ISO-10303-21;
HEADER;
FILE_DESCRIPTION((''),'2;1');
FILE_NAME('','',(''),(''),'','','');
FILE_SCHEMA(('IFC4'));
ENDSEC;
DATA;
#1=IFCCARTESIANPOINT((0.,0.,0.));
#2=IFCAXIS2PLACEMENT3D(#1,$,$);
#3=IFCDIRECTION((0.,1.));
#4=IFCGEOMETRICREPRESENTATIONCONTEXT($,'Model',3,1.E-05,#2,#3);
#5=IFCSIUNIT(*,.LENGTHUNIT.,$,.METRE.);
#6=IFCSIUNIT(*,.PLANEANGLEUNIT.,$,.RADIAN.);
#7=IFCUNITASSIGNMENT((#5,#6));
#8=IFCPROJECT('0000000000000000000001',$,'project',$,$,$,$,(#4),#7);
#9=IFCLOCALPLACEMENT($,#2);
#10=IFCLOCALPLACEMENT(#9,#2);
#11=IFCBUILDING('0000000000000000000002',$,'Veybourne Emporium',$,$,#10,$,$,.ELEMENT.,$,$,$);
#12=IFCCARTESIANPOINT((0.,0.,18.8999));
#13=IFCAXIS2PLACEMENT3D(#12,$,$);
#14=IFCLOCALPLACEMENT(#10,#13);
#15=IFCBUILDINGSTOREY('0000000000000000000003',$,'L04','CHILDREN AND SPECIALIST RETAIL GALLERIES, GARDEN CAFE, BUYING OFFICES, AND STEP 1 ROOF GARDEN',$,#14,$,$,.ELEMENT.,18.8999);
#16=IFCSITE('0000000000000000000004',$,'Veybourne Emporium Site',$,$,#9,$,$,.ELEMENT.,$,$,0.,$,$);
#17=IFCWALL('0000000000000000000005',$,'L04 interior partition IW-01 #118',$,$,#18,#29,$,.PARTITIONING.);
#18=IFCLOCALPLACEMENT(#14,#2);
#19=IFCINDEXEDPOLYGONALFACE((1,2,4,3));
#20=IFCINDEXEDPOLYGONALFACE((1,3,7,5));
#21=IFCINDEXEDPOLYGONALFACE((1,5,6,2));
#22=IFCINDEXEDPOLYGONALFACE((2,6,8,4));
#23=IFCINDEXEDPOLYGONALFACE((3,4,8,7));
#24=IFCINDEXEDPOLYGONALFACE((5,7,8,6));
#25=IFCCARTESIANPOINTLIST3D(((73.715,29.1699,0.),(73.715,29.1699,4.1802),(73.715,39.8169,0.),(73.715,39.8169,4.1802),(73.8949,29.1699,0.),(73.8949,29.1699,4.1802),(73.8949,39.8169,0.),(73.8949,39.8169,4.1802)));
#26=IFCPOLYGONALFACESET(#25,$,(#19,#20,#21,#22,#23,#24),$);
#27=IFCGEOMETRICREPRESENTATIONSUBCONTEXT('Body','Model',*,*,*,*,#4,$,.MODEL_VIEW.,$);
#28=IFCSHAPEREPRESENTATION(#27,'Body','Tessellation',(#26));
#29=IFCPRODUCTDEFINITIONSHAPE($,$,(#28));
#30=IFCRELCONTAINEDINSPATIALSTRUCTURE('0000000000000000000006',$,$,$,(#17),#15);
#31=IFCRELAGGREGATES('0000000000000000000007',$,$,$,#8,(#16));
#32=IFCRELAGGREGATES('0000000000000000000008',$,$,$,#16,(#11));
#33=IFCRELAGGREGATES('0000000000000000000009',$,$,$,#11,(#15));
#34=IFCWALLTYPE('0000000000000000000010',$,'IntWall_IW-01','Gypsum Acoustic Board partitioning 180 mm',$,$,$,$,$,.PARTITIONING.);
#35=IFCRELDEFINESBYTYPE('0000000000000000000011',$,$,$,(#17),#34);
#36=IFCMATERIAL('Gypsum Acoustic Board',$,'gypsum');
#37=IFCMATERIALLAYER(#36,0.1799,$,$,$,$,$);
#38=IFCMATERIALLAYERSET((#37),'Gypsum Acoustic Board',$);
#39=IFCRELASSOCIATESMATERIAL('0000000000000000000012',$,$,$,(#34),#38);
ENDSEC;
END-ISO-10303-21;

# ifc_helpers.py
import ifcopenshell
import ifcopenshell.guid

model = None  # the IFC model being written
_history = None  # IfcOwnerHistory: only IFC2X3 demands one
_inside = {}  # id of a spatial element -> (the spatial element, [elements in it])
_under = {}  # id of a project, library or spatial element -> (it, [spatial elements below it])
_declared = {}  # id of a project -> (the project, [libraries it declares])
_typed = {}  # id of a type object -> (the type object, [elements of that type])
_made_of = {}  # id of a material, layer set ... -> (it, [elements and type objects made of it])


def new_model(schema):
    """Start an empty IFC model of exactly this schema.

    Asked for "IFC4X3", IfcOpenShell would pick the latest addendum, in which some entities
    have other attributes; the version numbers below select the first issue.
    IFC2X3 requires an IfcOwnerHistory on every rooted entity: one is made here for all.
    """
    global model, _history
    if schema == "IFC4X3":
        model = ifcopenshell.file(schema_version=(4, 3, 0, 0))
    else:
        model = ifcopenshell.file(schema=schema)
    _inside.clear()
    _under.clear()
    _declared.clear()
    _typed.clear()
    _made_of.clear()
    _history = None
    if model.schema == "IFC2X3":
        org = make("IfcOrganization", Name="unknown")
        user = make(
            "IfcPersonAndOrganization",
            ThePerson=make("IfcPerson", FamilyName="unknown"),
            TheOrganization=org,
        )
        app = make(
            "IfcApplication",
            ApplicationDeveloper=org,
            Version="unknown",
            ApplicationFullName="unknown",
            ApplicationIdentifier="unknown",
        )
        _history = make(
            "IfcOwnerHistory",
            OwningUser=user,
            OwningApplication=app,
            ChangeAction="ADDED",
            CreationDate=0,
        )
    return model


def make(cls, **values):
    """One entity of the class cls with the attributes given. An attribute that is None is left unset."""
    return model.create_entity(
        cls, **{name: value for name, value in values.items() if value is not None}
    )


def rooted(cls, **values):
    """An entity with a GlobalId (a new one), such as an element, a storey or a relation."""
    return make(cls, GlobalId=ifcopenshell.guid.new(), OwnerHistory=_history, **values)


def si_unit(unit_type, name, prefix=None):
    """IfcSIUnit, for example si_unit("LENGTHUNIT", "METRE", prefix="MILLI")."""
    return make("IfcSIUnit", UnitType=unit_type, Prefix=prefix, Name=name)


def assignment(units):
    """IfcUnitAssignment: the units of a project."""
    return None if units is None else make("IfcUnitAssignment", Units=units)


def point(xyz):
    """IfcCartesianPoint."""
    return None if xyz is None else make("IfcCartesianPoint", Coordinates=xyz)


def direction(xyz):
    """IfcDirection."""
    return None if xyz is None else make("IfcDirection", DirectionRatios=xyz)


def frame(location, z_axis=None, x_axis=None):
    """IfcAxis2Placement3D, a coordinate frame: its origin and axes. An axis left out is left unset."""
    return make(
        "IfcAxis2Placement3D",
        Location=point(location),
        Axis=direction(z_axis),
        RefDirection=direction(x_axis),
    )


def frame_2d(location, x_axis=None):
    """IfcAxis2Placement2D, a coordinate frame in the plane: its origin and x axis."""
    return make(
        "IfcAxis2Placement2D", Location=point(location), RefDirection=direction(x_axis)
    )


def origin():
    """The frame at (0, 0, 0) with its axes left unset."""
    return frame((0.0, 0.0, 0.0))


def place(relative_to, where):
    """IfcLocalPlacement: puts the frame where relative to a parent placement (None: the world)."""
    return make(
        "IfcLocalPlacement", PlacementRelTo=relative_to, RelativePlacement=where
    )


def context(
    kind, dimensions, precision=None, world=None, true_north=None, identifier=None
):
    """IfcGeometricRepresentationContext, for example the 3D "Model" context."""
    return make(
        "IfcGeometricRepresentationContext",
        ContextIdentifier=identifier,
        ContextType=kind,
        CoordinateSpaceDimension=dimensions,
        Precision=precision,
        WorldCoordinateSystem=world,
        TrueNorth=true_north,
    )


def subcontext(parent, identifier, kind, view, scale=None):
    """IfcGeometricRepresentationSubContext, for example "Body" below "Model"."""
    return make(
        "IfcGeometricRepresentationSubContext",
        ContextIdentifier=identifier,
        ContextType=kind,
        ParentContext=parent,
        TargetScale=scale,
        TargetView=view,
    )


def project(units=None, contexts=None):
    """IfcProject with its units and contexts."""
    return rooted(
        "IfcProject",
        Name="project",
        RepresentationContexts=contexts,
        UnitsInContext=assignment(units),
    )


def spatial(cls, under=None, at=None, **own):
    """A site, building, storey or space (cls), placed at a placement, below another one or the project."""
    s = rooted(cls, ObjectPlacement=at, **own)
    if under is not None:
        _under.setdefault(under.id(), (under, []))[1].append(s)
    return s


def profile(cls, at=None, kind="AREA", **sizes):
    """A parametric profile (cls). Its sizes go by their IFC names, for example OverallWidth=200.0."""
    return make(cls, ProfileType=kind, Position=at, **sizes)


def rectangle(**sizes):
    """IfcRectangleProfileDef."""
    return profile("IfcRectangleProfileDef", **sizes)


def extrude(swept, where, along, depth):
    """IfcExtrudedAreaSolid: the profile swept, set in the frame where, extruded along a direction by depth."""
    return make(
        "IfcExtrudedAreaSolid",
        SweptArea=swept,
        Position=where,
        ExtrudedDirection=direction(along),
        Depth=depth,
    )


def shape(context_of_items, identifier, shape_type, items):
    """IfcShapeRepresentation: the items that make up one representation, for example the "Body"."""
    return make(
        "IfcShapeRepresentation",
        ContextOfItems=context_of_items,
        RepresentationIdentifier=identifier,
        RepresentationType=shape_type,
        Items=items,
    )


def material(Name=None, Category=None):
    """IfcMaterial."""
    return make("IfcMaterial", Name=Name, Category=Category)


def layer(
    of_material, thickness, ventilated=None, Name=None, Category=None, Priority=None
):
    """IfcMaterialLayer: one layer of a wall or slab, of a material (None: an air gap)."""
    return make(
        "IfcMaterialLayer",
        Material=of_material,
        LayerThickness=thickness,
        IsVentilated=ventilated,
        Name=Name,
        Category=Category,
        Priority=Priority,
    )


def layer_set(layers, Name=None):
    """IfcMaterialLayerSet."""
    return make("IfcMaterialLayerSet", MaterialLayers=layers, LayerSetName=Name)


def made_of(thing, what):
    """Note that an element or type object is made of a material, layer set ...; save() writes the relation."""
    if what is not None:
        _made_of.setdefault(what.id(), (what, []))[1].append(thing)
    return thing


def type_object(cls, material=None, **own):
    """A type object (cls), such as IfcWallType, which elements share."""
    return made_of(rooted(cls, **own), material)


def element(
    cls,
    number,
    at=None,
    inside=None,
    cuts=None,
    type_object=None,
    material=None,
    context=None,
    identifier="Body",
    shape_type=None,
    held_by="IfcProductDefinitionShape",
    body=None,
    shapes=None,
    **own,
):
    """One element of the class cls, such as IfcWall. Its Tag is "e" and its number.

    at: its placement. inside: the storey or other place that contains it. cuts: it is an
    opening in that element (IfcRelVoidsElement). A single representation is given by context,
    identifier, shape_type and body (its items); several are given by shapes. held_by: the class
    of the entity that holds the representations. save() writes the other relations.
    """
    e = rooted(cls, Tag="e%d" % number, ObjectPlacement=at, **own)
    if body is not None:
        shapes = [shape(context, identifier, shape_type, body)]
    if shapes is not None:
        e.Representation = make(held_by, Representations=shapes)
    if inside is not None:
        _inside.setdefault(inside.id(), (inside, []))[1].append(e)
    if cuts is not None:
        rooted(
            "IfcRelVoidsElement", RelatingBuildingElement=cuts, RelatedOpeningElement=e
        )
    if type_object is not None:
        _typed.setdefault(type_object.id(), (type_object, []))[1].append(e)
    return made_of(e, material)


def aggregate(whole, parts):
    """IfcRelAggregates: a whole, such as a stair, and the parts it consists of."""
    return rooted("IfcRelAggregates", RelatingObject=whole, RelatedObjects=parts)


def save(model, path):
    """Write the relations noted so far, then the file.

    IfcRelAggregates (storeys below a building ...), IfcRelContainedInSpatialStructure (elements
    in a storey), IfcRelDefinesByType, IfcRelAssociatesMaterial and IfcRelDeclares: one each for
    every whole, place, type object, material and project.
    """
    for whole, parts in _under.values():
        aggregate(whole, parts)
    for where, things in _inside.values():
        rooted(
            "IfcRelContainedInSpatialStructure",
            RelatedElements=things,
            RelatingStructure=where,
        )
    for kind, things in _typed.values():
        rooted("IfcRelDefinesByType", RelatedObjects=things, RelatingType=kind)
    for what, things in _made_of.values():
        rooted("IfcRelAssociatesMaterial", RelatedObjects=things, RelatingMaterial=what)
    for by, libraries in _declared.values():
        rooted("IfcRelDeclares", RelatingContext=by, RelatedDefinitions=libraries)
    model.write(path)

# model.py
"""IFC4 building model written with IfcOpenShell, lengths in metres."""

from ifc_helpers import new_model, si_unit, direction, frame, frame_2d, origin, place, context, subcontext, project, spatial, rectangle, extrude, material, layer, layer_set, type_object, element, save


model = new_model("IFC4")

# Units and contexts
model_context = context("Model", 3, precision=1e-05, world=origin(), true_north=direction((0.0, 1.0)))
body_context = subcontext(model_context, "Body", "Model", "MODEL_VIEW")
ifc_project = project(units=[si_unit("LENGTHUNIT", "METRE"), si_unit("PLANEANGLEUNIT", "RADIAN")], contexts=[model_context])

# Site, building, storey
site_placement = place(None, origin())
site = spatial("IfcSite", under=ifc_project, at=site_placement, Name="Veybourne Emporium Site", CompositionType="ELEMENT", RefElevation=0.0)
building_placement = place(site_placement, origin())
building = spatial("IfcBuilding", under=site, at=building_placement, Name="Veybourne Emporium", CompositionType="ELEMENT")
storey_placement = place(building_placement, frame((0.0, 0.0, 18.8999)))
storey = spatial("IfcBuildingStorey", under=building, at=storey_placement, Name="L04", Description="CHILDREN AND SPECIALIST RETAIL GALLERIES, GARDEN CAFE, BUYING OFFICES, AND STEP 1 ROOF GARDEN", CompositionType="ELEMENT", Elevation=18.8999)

# Wall
ifc_material_1 = material(Name="Gypsum Acoustic Board", Category="gypsum")
ifc_layer_1 = layer(ifc_material_1, 0.1799)
ifc_layer_set_1 = layer_set([ifc_layer_1], Name="Gypsum Acoustic Board")
wall_type = type_object("IfcWallType", Name="IntWall_IW-01", Description="Gypsum Acoustic Board partitioning 180 mm", PredefinedType="PARTITIONING", material=ifc_layer_set_1)
wall_placement = place(storey_placement, frame((73.8049, 29.1699, 0.0), z_axis=(0.0, 0.0, 1.0), x_axis=(0.0, 1.0, 0.0)))
element("IfcWall", 1, at=wall_placement, inside=storey, type_object=wall_type, Name="L04 interior partition IW-01 #118", PredefinedType="PARTITIONING", context=body_context, shape_type="SweptSolid", body=[
    extrude(rectangle(XDim=10.647, YDim=0.1799, at=frame_2d((5.3235, 0.0))), origin(), (0.0, 0.0, 1.0), 4.1802),
])

save(model, "model.ifc")
